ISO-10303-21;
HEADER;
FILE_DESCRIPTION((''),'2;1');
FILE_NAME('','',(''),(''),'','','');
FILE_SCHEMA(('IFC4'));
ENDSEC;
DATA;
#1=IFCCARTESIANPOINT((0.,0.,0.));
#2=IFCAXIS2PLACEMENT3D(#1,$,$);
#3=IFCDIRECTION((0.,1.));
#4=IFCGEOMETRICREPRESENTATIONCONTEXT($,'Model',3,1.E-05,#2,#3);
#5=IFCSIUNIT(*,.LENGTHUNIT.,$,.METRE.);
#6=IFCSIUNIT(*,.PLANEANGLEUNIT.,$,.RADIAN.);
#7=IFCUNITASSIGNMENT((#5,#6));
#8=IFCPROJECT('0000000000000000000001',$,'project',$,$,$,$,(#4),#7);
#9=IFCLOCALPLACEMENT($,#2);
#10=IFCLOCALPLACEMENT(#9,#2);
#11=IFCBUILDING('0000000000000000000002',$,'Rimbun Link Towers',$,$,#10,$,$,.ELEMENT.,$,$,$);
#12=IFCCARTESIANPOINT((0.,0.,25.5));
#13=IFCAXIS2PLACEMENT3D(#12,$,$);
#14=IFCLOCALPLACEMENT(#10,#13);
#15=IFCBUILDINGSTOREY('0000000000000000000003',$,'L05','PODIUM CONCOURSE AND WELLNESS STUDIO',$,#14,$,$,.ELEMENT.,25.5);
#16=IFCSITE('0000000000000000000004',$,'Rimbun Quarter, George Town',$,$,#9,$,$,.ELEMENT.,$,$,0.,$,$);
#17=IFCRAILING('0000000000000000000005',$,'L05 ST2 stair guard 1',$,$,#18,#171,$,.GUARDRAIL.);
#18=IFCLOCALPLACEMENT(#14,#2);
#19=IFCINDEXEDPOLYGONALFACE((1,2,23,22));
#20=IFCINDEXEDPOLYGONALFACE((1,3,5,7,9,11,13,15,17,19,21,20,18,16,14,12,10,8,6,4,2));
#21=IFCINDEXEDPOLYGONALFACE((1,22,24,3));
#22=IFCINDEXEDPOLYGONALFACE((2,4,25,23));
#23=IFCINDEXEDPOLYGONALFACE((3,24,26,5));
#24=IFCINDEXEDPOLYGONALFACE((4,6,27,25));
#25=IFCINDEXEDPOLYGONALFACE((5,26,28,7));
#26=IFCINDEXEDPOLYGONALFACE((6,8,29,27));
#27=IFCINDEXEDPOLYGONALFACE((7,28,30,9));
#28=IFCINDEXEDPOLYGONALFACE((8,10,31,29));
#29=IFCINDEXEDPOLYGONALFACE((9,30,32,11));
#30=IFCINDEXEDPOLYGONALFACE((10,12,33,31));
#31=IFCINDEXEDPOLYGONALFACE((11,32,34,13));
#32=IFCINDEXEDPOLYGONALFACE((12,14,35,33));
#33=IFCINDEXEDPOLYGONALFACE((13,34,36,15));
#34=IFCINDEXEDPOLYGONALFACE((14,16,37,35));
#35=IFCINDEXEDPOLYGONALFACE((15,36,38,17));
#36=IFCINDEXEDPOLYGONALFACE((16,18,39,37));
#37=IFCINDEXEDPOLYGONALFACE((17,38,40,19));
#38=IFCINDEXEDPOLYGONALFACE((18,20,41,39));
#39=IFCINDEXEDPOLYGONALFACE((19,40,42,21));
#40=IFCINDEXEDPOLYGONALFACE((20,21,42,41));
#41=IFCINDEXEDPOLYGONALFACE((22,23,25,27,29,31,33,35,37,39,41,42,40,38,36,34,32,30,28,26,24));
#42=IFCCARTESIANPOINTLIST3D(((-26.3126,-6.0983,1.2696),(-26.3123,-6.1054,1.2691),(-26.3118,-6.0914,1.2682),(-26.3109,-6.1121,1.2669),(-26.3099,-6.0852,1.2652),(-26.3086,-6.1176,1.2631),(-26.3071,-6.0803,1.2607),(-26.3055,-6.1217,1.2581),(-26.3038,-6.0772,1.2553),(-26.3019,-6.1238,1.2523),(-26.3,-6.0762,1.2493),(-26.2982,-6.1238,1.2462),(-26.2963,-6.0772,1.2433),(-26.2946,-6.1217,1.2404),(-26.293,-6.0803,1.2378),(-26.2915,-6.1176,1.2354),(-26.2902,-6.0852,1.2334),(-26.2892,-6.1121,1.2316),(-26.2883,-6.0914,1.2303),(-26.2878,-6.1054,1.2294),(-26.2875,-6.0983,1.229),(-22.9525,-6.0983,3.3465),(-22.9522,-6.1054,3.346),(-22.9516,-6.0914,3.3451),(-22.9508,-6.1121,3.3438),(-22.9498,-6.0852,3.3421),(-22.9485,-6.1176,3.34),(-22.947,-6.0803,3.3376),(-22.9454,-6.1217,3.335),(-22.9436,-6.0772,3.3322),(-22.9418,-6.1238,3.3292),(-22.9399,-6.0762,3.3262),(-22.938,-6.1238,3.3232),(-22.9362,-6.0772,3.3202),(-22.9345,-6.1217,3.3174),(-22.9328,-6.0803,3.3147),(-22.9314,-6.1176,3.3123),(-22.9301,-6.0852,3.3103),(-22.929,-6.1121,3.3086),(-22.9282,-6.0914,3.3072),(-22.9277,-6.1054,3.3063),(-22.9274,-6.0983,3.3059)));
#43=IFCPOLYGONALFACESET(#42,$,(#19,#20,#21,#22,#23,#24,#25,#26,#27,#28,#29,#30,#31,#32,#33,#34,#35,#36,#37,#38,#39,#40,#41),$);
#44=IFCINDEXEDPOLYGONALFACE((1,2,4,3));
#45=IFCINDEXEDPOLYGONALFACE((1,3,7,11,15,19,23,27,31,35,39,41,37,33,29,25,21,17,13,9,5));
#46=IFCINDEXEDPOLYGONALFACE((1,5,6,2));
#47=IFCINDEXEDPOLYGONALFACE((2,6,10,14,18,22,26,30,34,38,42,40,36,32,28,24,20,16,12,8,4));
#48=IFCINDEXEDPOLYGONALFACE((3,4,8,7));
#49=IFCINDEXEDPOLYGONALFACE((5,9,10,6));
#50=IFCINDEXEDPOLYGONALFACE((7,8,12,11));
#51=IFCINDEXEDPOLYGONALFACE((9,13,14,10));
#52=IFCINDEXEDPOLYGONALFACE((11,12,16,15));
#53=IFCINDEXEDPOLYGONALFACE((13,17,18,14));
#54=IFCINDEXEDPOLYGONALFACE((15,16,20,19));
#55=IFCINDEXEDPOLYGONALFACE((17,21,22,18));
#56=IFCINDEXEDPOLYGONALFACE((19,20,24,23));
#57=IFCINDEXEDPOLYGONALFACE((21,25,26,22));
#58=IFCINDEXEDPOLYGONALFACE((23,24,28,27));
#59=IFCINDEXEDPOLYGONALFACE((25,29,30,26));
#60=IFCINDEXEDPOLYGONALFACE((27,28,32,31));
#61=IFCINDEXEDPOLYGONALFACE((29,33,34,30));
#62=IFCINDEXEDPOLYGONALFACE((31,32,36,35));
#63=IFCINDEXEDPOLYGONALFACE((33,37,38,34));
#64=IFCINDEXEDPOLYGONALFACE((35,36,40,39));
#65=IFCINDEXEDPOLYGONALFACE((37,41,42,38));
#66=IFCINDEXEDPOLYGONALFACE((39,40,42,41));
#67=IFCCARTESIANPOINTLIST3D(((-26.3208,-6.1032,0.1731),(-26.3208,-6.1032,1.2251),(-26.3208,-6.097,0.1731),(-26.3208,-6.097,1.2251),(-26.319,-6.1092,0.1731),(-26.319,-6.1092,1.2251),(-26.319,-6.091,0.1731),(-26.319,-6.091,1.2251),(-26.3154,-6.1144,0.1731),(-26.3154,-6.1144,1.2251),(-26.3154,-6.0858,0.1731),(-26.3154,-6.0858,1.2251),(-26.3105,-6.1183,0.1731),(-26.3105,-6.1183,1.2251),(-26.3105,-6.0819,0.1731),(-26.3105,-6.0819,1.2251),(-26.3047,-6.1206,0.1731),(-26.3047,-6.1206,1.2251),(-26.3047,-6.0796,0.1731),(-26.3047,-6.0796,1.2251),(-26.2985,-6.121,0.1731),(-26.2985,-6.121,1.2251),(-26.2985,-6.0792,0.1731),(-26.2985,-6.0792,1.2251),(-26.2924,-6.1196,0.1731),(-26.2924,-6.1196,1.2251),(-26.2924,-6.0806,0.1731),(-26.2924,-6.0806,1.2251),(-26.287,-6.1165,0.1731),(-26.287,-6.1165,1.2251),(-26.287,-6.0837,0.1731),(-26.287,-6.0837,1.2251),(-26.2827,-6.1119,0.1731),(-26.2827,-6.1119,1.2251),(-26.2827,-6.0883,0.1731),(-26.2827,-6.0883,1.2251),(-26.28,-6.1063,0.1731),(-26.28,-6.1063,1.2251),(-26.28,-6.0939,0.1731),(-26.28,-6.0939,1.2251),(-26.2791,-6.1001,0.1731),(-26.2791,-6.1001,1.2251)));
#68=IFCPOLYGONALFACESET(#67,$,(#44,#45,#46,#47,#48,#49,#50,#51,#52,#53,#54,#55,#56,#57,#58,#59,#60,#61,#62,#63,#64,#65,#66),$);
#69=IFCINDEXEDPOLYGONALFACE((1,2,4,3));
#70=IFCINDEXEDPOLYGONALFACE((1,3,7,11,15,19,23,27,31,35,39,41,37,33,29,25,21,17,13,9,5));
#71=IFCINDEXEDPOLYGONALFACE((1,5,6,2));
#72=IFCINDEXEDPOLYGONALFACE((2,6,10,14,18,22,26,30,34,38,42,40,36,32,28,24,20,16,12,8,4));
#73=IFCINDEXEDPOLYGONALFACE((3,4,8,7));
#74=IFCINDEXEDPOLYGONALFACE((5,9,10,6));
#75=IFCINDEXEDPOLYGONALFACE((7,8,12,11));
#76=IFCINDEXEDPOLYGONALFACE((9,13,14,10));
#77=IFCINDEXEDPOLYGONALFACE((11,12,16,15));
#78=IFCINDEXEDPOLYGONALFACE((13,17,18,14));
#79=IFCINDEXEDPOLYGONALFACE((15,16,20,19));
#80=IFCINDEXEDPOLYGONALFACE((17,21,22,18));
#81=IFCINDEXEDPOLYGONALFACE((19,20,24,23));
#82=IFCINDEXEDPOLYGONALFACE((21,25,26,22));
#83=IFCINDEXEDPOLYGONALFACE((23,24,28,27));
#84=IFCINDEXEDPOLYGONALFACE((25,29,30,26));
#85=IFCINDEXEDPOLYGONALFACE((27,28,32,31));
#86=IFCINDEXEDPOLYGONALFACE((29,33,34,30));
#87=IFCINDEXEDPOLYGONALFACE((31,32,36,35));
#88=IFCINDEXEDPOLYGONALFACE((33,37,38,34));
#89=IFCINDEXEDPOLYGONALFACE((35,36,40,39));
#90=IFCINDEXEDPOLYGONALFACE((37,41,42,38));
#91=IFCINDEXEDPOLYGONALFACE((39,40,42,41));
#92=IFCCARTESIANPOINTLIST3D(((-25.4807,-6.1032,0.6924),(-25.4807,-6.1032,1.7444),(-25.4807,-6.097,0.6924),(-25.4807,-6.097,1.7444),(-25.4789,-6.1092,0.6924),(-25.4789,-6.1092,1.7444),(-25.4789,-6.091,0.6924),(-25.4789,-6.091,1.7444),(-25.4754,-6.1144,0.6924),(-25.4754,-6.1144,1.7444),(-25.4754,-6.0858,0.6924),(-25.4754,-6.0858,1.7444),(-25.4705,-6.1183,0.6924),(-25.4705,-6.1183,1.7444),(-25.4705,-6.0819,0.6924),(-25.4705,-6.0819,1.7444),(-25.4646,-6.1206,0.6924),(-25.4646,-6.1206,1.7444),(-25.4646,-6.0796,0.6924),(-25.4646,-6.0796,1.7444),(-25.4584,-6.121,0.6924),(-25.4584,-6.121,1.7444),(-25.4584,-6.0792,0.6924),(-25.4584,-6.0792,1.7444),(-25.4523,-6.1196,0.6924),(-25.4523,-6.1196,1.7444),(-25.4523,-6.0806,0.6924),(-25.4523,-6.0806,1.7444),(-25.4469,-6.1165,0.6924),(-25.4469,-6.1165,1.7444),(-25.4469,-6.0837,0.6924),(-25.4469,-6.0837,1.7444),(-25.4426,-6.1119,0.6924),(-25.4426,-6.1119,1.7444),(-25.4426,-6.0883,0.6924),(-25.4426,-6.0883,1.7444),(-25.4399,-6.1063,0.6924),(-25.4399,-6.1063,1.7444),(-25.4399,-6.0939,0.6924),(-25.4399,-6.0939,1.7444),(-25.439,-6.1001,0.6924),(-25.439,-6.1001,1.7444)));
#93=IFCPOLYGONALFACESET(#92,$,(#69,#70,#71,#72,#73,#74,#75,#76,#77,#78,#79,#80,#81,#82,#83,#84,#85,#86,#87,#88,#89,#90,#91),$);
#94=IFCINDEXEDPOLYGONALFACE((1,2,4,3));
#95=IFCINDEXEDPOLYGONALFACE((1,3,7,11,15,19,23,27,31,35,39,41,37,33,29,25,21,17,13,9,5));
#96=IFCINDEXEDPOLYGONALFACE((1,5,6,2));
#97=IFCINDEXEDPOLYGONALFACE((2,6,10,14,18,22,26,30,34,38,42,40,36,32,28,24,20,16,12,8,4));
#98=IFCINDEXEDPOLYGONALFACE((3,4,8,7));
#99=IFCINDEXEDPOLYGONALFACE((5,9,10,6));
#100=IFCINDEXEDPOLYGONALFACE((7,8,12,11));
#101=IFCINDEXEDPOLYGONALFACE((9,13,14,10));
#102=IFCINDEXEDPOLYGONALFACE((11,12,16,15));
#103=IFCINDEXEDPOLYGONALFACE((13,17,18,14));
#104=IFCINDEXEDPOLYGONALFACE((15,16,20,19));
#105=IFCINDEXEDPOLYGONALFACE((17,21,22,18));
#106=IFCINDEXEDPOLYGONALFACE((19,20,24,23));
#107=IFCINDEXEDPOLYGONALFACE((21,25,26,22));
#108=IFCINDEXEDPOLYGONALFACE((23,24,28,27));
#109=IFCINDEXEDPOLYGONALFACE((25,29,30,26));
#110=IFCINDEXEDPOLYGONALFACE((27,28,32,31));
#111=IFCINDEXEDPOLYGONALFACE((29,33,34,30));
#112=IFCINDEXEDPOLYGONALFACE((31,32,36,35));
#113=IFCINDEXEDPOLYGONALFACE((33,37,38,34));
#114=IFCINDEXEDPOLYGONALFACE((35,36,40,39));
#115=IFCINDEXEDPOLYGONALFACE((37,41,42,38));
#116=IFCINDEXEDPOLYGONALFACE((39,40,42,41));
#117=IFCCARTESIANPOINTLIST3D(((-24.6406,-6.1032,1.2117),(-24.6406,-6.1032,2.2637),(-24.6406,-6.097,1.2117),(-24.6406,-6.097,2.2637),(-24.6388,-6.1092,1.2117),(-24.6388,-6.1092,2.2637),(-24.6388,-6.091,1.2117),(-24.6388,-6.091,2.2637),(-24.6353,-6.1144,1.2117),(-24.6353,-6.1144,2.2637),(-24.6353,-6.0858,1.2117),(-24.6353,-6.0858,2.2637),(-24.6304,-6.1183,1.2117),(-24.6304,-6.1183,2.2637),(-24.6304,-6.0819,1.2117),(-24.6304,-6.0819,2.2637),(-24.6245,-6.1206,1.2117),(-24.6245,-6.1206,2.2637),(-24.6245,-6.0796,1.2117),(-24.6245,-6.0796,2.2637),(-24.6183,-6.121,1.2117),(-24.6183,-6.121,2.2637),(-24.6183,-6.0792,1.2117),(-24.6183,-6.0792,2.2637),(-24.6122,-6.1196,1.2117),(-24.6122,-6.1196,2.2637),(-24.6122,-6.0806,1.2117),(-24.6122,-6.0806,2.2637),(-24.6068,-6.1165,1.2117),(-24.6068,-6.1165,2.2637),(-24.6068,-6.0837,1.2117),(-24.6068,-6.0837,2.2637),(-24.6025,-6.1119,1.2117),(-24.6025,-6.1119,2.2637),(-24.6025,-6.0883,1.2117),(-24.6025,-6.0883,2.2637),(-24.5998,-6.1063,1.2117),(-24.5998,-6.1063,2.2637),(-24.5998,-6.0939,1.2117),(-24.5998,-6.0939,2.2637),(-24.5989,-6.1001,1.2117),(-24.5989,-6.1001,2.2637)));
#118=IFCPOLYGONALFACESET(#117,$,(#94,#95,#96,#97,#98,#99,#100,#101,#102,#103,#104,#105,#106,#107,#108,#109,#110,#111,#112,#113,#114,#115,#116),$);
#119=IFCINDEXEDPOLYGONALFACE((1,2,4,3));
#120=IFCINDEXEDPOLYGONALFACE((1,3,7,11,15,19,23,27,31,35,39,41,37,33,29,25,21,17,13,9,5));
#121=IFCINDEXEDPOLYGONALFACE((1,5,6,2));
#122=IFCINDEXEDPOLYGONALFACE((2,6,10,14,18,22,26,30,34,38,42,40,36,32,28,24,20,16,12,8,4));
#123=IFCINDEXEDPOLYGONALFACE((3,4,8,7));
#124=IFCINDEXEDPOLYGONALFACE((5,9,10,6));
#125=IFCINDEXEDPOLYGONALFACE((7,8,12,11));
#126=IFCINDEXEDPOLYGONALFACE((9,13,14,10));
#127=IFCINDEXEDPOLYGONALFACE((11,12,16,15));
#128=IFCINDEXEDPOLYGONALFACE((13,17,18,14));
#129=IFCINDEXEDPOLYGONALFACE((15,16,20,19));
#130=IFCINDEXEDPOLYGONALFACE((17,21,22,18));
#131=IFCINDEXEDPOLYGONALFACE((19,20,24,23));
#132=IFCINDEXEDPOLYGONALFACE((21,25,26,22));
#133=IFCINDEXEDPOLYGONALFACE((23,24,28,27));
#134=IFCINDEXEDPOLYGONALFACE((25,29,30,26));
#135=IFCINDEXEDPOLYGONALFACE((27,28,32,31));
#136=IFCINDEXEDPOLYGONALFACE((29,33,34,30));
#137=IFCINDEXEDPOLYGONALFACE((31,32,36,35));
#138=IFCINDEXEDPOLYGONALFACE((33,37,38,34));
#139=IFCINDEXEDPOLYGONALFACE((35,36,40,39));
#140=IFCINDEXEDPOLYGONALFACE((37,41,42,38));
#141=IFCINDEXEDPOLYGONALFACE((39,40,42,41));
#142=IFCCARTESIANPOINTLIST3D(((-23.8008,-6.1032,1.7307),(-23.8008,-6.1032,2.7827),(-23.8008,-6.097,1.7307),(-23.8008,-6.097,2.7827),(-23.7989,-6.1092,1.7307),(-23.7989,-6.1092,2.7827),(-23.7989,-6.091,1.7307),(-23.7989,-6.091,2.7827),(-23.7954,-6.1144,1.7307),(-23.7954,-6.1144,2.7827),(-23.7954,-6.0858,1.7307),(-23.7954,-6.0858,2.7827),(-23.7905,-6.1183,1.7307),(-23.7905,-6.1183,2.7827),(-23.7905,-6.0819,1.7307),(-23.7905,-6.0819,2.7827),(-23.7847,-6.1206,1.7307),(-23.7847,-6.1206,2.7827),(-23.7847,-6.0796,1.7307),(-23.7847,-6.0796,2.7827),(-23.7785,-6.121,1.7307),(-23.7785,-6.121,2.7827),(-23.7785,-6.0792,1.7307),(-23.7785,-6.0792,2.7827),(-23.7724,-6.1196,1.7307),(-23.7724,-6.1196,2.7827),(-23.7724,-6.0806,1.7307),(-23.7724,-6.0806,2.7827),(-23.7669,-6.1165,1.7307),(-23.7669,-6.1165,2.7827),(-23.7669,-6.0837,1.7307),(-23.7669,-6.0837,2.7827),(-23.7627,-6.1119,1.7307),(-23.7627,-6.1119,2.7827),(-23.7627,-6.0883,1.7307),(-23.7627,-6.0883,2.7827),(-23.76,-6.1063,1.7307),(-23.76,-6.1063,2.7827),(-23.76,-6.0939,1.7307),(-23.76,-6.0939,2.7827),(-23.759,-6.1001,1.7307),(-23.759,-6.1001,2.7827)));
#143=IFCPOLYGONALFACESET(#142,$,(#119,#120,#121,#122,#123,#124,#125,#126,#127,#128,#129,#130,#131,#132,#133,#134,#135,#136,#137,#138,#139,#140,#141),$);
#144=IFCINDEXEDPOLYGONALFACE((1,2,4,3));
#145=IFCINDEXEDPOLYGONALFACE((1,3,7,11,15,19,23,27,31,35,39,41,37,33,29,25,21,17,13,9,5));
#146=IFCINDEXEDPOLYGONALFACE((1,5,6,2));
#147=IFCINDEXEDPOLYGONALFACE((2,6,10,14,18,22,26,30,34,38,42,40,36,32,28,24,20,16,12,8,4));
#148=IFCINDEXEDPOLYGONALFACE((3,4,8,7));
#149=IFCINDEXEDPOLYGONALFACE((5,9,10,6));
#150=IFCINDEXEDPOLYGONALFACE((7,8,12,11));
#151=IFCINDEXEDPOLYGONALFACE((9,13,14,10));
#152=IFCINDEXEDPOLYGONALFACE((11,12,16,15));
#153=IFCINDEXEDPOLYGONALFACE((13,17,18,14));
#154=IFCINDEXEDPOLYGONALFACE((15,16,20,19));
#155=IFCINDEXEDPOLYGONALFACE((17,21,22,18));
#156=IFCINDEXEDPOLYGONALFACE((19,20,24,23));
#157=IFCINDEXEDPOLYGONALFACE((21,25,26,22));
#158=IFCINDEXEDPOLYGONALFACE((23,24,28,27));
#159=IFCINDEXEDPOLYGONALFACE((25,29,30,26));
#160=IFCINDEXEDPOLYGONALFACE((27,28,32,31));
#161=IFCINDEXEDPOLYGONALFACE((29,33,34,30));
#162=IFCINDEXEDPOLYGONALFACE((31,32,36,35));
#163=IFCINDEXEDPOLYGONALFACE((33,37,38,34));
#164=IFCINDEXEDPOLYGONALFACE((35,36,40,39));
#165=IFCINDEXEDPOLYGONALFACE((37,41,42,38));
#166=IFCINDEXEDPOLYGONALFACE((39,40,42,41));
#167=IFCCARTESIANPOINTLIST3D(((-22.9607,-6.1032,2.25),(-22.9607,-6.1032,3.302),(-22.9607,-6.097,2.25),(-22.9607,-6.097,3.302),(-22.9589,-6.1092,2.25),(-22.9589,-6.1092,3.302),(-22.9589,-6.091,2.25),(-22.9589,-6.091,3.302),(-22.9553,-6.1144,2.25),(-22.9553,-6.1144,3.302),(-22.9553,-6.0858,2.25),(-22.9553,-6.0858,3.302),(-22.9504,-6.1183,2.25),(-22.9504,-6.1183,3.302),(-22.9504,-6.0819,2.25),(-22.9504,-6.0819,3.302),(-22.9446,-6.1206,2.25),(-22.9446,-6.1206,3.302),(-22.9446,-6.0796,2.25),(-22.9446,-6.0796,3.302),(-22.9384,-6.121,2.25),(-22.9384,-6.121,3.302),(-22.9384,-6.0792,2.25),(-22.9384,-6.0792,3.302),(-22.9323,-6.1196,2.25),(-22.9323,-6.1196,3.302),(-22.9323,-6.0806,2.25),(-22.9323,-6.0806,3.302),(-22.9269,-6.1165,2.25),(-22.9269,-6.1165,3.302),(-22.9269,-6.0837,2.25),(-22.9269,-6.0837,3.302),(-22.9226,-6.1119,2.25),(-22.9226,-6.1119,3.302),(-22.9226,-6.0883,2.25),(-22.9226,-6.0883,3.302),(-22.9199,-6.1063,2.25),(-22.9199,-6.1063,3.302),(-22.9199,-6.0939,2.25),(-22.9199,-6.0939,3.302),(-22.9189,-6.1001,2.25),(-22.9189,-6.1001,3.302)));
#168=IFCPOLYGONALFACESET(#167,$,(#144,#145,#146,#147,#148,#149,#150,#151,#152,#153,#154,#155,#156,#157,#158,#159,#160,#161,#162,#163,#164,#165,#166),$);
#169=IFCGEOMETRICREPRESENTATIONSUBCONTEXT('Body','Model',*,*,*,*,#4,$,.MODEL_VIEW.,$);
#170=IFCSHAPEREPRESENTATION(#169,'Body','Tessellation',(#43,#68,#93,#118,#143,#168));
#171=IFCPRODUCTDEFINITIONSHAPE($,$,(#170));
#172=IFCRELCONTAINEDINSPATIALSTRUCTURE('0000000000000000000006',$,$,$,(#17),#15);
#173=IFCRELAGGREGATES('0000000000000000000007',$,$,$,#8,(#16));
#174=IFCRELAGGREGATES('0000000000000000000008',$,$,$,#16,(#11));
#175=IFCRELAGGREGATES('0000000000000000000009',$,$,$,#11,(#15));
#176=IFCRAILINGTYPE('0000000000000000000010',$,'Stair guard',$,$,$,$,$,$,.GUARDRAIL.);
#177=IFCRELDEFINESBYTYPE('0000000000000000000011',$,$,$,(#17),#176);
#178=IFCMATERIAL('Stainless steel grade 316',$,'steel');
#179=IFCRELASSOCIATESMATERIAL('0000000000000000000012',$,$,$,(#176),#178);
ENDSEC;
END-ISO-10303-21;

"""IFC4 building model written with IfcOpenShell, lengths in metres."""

from ifc_helpers import new_model, si_unit, direction, frame, origin, origin_2d, place, context, subcontext, project, spatial, circle, extrude, material, type_object, element, save


model = new_model("IFC4")

# Units and contexts
model_context = context("Model", 3, precision=1e-05, world=origin(), true_north=direction((0.0, 1.0)))
body_context = subcontext(model_context, "Body", "Model", "MODEL_VIEW")
ifc_project = project(units=[si_unit("LENGTHUNIT", "METRE"), si_unit("PLANEANGLEUNIT", "RADIAN")], contexts=[model_context])

# Site, building, storey
site_placement = place(None, origin())
site = spatial("IfcSite", under=ifc_project, at=site_placement, Name="Rimbun Quarter, George Town", CompositionType="ELEMENT", RefElevation=0.0)
building_placement = place(site_placement, origin())
building = spatial("IfcBuilding", under=site, at=building_placement, Name="Rimbun Link Towers", CompositionType="ELEMENT")
storey_placement = place(building_placement, frame((0.0, 0.0, 25.5)))
storey = spatial("IfcBuildingStorey", under=building, at=storey_placement, Name="L05", Description="PODIUM CONCOURSE AND WELLNESS STUDIO", CompositionType="ELEMENT", Elevation=25.5)

# Railing
ifc_material_1 = material(Name="Stainless steel grade 316", Category="steel")
railing_type_1 = type_object("IfcRailingType", Name="Stair guard", PredefinedType="GUARDRAIL", material=ifc_material_1)
railing_1_placement = place(storey_placement, frame((-26.3, -6.1001, 0.1731)))
element("IfcRailing", 1, at=railing_1_placement, inside=storey, type_object=railing_type_1, Name="L05 ST2 stair guard 1", PredefinedType="GUARDRAIL", context=body_context, shape_type="SweptSolid", body=[
    extrude(circle(Radius=0.0239, at=origin_2d()), frame((0.0, 0.0, 1.0762), z_axis=(0.850623, 0.0, 0.525776), x_axis=(0.0, 1.0, 0.0)), (0.0, 0.0, 1.0), 3.9502),
    extrude(circle(Radius=0.021, at=origin_2d()), origin(), (0.0, 0.0, 1.0), 1.052),
    extrude(circle(Radius=0.021, at=origin_2d()), frame((0.8401, 0.0, 0.5193)), (0.0, 0.0, 1.0), 1.052),
    extrude(circle(Radius=0.021, at=origin_2d()), frame((1.6802, 0.0, 1.0386)), (0.0, 0.0, 1.0), 1.052),
    extrude(circle(Radius=0.021, at=origin_2d()), frame((2.52, 0.0, 1.5576)), (0.0, 0.0, 1.0), 1.052),
    extrude(circle(Radius=0.021, at=origin_2d()), frame((3.3601, 0.0, 2.0769)), (0.0, 0.0, 1.0), 1.052),
])

save(model, "model.ifc")
